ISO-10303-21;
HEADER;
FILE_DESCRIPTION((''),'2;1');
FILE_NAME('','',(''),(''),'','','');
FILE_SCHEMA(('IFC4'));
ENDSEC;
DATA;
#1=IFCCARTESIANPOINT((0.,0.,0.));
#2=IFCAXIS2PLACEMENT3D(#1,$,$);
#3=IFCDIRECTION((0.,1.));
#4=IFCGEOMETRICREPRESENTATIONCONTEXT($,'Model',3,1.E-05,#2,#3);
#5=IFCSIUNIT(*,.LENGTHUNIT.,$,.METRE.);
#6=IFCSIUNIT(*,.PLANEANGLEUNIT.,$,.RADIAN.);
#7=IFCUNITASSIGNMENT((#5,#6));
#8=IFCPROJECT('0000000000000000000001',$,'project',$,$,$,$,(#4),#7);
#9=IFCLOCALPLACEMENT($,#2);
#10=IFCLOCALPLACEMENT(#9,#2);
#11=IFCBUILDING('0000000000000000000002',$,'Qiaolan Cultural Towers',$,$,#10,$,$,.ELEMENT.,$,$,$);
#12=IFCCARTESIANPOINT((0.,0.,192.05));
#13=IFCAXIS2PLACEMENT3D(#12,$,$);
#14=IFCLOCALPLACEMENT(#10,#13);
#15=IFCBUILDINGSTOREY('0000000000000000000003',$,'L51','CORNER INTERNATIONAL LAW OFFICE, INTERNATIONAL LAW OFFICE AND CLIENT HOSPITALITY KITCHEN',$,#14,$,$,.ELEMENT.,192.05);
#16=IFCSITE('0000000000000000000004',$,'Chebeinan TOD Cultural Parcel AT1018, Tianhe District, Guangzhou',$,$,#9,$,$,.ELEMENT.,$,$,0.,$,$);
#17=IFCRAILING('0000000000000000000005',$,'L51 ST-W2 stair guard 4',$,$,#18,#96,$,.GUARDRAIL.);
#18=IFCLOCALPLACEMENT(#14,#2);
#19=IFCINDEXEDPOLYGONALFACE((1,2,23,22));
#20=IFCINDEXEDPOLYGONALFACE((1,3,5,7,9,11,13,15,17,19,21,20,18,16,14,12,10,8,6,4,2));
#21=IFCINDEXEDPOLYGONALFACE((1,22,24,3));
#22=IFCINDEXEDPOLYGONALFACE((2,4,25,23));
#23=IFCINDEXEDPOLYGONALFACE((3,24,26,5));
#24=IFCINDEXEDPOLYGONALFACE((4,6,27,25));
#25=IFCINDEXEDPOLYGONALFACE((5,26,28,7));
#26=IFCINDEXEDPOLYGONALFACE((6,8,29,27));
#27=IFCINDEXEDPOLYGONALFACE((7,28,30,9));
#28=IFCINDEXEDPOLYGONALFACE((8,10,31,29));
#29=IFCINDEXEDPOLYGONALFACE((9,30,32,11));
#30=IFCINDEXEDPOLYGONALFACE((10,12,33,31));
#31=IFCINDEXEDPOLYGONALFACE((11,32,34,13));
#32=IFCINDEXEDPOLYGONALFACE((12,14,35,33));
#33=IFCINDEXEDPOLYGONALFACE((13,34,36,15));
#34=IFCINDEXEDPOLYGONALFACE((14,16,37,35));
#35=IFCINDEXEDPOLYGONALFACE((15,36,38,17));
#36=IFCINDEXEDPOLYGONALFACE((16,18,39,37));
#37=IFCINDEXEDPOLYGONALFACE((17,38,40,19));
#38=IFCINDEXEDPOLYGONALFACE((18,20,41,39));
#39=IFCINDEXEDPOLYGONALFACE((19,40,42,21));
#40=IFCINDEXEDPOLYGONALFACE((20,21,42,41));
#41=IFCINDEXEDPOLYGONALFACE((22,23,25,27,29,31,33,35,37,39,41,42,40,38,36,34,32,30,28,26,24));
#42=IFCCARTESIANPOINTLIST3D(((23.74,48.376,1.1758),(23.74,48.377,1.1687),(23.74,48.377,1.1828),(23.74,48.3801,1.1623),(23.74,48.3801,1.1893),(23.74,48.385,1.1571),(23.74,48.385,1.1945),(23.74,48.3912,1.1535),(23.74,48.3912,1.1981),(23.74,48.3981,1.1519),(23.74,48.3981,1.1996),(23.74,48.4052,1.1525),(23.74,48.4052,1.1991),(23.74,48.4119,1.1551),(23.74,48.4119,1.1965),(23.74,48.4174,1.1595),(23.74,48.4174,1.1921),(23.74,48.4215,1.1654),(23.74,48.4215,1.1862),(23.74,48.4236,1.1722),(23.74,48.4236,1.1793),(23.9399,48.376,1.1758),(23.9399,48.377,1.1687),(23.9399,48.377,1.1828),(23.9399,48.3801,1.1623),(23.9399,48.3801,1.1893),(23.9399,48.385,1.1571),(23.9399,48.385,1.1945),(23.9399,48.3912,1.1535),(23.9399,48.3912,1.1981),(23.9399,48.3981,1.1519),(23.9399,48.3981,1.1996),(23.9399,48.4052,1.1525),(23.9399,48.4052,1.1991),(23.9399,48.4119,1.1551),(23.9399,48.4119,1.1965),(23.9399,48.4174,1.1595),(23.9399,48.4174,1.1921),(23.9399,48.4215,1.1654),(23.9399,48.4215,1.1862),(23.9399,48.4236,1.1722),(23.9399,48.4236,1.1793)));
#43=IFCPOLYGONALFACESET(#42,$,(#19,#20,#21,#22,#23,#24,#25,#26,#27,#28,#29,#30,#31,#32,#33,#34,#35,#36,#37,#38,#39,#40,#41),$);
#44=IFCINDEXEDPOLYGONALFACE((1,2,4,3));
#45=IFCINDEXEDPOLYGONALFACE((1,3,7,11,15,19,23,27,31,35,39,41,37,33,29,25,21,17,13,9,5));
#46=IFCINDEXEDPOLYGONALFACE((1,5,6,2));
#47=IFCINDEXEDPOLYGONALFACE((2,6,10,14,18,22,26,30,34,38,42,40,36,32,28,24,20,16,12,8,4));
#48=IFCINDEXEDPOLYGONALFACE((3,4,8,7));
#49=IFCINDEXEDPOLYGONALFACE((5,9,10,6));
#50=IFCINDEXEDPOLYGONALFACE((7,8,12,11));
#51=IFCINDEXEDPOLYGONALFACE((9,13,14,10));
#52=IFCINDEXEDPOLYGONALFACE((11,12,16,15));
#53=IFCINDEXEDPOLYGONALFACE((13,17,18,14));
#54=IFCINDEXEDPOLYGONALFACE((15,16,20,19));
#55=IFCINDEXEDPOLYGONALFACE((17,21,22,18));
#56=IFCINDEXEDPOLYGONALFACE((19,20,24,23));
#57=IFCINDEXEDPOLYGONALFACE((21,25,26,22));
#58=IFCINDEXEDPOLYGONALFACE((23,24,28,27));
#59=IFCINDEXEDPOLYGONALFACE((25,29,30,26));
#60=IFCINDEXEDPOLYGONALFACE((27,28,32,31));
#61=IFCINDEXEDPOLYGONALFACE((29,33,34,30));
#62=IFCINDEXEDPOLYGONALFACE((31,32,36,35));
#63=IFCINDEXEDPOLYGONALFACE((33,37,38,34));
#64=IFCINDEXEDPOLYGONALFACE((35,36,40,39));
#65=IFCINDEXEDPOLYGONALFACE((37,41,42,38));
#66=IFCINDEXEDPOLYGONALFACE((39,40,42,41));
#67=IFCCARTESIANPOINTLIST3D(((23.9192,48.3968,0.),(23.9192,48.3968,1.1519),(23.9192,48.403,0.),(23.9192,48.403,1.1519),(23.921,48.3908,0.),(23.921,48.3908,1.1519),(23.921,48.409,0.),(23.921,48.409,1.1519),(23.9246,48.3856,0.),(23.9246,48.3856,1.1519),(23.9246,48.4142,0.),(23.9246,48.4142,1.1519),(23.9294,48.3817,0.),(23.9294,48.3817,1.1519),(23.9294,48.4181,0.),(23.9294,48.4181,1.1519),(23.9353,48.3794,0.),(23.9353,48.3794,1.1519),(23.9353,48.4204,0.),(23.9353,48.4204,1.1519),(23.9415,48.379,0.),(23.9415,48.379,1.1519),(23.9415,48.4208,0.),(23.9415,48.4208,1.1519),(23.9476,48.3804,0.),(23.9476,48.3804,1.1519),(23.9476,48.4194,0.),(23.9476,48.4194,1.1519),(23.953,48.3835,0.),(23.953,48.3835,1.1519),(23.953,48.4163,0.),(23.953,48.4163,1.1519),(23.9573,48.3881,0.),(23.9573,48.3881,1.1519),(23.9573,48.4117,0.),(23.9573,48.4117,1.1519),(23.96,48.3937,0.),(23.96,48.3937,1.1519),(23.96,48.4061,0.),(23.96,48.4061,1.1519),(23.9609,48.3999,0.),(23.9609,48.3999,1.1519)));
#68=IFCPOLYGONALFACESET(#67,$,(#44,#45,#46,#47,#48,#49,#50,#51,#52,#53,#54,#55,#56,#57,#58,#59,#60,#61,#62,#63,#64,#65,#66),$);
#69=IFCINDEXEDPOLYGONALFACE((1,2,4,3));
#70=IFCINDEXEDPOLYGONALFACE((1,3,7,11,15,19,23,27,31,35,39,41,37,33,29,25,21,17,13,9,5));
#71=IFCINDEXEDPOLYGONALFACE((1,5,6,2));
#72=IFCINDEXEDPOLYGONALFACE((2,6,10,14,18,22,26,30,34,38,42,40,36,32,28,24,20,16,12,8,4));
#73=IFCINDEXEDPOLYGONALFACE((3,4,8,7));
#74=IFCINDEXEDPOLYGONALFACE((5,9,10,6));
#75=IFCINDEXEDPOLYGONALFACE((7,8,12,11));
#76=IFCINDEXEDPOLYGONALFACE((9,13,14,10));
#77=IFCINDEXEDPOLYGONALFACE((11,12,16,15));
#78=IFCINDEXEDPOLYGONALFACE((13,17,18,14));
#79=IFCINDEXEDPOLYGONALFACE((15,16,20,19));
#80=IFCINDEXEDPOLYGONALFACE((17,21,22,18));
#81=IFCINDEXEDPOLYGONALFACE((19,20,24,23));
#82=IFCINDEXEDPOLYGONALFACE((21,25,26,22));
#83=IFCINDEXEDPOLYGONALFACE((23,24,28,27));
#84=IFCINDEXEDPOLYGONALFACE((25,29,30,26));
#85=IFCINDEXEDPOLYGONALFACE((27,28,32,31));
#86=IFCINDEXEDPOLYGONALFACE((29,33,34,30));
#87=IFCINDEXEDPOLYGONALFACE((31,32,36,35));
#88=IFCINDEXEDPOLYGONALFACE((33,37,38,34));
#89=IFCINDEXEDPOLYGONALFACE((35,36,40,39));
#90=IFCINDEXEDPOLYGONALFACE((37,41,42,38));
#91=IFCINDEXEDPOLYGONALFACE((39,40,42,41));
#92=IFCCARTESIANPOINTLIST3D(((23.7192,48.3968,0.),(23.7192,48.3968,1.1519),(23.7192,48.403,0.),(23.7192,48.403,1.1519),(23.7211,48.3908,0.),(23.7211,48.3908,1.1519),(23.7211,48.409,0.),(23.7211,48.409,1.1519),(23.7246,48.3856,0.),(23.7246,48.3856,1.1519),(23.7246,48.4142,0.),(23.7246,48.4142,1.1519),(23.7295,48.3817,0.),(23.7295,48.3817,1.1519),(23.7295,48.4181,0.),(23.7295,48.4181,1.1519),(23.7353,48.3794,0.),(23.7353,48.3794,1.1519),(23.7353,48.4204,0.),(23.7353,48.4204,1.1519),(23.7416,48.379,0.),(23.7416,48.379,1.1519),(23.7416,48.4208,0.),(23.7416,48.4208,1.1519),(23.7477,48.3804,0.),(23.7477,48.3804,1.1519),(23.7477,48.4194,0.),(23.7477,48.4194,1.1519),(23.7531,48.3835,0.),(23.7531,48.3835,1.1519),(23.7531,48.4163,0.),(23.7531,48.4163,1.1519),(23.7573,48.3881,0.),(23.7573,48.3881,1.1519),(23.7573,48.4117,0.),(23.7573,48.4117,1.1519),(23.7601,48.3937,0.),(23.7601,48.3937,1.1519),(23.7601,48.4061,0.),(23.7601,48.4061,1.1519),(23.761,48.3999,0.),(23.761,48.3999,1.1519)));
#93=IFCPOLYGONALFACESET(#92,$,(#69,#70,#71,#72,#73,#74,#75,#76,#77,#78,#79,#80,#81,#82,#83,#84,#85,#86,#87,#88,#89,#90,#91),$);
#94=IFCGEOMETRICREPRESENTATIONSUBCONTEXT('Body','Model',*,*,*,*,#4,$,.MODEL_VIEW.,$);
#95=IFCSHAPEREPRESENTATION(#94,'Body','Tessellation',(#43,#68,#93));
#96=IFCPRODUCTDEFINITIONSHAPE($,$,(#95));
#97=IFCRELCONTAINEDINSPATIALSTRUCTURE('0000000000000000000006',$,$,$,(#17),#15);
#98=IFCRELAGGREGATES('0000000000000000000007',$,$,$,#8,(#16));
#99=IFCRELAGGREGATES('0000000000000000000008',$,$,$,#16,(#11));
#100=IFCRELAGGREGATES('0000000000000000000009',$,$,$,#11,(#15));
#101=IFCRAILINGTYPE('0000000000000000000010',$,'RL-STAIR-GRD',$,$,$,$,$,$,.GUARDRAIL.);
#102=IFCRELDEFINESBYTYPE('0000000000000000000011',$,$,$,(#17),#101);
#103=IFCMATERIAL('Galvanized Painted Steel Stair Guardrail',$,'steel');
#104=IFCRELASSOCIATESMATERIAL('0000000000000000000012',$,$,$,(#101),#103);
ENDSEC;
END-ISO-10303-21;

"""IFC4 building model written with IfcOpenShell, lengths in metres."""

from ifc_helpers import new_model, si_unit, direction, frame, origin, origin_2d, place, context, subcontext, project, spatial, circle, extrude, material, type_object, element, save


model = new_model("IFC4")

# Units and contexts
model_context = context("Model", 3, precision=1e-05, world=origin(), true_north=direction((0.0, 1.0)))
body_context = subcontext(model_context, "Body", "Model", "MODEL_VIEW")
ifc_project = project(units=[si_unit("LENGTHUNIT", "METRE"), si_unit("PLANEANGLEUNIT", "RADIAN")], contexts=[model_context])

# Site, building, storey
site_placement = place(None, origin())
site = spatial("IfcSite", under=ifc_project, at=site_placement, Name="Chebeinan TOD Cultural Parcel AT1018, Tianhe District, Guangzhou", CompositionType="ELEMENT", RefElevation=0.0)
building_placement = place(site_placement, origin())
building = spatial("IfcBuilding", under=site, at=building_placement, Name="Qiaolan Cultural Towers", CompositionType="ELEMENT")
storey_placement = place(building_placement, frame((0.0, 0.0, 192.05)))
storey = spatial("IfcBuildingStorey", under=building, at=storey_placement, Name="L51", Description="CORNER INTERNATIONAL LAW OFFICE, INTERNATIONAL LAW OFFICE AND CLIENT HOSPITALITY KITCHEN", CompositionType="ELEMENT", Elevation=192.05)

# Railing
ifc_material_1 = material(Name="Galvanized Painted Steel Stair Guardrail", Category="steel")
railing_type_1 = type_object("IfcRailingType", Name="RL-STAIR-GRD", PredefinedType="GUARDRAIL", material=ifc_material_1)
railing_1_placement = place(storey_placement, frame((23.9399, 48.3999, 0.0)))
element("IfcRailing", 1, at=railing_1_placement, inside=storey, type_object=railing_type_1, Name="L51 ST-W2 stair guard 4", PredefinedType="GUARDRAIL", context=body_context, shape_type="SweptSolid", body=[
    extrude(circle(Radius=0.0239, at=origin_2d()), frame((0.0, 0.0, 1.1758), z_axis=(-1.0, 0.0, 0.0), x_axis=(0.0, -1.0, 0.0)), (0.0, 0.0, 1.0), 0.2),
    extrude(circle(Radius=0.021, at=origin_2d()), origin(), (0.0, 0.0, 1.0), 1.1519),
    extrude(circle(Radius=0.021, at=origin_2d()), frame((-0.2, 0.0, 0.0)), (0.0, 0.0, 1.0), 1.1519),
])

save(model, "model.ifc")
